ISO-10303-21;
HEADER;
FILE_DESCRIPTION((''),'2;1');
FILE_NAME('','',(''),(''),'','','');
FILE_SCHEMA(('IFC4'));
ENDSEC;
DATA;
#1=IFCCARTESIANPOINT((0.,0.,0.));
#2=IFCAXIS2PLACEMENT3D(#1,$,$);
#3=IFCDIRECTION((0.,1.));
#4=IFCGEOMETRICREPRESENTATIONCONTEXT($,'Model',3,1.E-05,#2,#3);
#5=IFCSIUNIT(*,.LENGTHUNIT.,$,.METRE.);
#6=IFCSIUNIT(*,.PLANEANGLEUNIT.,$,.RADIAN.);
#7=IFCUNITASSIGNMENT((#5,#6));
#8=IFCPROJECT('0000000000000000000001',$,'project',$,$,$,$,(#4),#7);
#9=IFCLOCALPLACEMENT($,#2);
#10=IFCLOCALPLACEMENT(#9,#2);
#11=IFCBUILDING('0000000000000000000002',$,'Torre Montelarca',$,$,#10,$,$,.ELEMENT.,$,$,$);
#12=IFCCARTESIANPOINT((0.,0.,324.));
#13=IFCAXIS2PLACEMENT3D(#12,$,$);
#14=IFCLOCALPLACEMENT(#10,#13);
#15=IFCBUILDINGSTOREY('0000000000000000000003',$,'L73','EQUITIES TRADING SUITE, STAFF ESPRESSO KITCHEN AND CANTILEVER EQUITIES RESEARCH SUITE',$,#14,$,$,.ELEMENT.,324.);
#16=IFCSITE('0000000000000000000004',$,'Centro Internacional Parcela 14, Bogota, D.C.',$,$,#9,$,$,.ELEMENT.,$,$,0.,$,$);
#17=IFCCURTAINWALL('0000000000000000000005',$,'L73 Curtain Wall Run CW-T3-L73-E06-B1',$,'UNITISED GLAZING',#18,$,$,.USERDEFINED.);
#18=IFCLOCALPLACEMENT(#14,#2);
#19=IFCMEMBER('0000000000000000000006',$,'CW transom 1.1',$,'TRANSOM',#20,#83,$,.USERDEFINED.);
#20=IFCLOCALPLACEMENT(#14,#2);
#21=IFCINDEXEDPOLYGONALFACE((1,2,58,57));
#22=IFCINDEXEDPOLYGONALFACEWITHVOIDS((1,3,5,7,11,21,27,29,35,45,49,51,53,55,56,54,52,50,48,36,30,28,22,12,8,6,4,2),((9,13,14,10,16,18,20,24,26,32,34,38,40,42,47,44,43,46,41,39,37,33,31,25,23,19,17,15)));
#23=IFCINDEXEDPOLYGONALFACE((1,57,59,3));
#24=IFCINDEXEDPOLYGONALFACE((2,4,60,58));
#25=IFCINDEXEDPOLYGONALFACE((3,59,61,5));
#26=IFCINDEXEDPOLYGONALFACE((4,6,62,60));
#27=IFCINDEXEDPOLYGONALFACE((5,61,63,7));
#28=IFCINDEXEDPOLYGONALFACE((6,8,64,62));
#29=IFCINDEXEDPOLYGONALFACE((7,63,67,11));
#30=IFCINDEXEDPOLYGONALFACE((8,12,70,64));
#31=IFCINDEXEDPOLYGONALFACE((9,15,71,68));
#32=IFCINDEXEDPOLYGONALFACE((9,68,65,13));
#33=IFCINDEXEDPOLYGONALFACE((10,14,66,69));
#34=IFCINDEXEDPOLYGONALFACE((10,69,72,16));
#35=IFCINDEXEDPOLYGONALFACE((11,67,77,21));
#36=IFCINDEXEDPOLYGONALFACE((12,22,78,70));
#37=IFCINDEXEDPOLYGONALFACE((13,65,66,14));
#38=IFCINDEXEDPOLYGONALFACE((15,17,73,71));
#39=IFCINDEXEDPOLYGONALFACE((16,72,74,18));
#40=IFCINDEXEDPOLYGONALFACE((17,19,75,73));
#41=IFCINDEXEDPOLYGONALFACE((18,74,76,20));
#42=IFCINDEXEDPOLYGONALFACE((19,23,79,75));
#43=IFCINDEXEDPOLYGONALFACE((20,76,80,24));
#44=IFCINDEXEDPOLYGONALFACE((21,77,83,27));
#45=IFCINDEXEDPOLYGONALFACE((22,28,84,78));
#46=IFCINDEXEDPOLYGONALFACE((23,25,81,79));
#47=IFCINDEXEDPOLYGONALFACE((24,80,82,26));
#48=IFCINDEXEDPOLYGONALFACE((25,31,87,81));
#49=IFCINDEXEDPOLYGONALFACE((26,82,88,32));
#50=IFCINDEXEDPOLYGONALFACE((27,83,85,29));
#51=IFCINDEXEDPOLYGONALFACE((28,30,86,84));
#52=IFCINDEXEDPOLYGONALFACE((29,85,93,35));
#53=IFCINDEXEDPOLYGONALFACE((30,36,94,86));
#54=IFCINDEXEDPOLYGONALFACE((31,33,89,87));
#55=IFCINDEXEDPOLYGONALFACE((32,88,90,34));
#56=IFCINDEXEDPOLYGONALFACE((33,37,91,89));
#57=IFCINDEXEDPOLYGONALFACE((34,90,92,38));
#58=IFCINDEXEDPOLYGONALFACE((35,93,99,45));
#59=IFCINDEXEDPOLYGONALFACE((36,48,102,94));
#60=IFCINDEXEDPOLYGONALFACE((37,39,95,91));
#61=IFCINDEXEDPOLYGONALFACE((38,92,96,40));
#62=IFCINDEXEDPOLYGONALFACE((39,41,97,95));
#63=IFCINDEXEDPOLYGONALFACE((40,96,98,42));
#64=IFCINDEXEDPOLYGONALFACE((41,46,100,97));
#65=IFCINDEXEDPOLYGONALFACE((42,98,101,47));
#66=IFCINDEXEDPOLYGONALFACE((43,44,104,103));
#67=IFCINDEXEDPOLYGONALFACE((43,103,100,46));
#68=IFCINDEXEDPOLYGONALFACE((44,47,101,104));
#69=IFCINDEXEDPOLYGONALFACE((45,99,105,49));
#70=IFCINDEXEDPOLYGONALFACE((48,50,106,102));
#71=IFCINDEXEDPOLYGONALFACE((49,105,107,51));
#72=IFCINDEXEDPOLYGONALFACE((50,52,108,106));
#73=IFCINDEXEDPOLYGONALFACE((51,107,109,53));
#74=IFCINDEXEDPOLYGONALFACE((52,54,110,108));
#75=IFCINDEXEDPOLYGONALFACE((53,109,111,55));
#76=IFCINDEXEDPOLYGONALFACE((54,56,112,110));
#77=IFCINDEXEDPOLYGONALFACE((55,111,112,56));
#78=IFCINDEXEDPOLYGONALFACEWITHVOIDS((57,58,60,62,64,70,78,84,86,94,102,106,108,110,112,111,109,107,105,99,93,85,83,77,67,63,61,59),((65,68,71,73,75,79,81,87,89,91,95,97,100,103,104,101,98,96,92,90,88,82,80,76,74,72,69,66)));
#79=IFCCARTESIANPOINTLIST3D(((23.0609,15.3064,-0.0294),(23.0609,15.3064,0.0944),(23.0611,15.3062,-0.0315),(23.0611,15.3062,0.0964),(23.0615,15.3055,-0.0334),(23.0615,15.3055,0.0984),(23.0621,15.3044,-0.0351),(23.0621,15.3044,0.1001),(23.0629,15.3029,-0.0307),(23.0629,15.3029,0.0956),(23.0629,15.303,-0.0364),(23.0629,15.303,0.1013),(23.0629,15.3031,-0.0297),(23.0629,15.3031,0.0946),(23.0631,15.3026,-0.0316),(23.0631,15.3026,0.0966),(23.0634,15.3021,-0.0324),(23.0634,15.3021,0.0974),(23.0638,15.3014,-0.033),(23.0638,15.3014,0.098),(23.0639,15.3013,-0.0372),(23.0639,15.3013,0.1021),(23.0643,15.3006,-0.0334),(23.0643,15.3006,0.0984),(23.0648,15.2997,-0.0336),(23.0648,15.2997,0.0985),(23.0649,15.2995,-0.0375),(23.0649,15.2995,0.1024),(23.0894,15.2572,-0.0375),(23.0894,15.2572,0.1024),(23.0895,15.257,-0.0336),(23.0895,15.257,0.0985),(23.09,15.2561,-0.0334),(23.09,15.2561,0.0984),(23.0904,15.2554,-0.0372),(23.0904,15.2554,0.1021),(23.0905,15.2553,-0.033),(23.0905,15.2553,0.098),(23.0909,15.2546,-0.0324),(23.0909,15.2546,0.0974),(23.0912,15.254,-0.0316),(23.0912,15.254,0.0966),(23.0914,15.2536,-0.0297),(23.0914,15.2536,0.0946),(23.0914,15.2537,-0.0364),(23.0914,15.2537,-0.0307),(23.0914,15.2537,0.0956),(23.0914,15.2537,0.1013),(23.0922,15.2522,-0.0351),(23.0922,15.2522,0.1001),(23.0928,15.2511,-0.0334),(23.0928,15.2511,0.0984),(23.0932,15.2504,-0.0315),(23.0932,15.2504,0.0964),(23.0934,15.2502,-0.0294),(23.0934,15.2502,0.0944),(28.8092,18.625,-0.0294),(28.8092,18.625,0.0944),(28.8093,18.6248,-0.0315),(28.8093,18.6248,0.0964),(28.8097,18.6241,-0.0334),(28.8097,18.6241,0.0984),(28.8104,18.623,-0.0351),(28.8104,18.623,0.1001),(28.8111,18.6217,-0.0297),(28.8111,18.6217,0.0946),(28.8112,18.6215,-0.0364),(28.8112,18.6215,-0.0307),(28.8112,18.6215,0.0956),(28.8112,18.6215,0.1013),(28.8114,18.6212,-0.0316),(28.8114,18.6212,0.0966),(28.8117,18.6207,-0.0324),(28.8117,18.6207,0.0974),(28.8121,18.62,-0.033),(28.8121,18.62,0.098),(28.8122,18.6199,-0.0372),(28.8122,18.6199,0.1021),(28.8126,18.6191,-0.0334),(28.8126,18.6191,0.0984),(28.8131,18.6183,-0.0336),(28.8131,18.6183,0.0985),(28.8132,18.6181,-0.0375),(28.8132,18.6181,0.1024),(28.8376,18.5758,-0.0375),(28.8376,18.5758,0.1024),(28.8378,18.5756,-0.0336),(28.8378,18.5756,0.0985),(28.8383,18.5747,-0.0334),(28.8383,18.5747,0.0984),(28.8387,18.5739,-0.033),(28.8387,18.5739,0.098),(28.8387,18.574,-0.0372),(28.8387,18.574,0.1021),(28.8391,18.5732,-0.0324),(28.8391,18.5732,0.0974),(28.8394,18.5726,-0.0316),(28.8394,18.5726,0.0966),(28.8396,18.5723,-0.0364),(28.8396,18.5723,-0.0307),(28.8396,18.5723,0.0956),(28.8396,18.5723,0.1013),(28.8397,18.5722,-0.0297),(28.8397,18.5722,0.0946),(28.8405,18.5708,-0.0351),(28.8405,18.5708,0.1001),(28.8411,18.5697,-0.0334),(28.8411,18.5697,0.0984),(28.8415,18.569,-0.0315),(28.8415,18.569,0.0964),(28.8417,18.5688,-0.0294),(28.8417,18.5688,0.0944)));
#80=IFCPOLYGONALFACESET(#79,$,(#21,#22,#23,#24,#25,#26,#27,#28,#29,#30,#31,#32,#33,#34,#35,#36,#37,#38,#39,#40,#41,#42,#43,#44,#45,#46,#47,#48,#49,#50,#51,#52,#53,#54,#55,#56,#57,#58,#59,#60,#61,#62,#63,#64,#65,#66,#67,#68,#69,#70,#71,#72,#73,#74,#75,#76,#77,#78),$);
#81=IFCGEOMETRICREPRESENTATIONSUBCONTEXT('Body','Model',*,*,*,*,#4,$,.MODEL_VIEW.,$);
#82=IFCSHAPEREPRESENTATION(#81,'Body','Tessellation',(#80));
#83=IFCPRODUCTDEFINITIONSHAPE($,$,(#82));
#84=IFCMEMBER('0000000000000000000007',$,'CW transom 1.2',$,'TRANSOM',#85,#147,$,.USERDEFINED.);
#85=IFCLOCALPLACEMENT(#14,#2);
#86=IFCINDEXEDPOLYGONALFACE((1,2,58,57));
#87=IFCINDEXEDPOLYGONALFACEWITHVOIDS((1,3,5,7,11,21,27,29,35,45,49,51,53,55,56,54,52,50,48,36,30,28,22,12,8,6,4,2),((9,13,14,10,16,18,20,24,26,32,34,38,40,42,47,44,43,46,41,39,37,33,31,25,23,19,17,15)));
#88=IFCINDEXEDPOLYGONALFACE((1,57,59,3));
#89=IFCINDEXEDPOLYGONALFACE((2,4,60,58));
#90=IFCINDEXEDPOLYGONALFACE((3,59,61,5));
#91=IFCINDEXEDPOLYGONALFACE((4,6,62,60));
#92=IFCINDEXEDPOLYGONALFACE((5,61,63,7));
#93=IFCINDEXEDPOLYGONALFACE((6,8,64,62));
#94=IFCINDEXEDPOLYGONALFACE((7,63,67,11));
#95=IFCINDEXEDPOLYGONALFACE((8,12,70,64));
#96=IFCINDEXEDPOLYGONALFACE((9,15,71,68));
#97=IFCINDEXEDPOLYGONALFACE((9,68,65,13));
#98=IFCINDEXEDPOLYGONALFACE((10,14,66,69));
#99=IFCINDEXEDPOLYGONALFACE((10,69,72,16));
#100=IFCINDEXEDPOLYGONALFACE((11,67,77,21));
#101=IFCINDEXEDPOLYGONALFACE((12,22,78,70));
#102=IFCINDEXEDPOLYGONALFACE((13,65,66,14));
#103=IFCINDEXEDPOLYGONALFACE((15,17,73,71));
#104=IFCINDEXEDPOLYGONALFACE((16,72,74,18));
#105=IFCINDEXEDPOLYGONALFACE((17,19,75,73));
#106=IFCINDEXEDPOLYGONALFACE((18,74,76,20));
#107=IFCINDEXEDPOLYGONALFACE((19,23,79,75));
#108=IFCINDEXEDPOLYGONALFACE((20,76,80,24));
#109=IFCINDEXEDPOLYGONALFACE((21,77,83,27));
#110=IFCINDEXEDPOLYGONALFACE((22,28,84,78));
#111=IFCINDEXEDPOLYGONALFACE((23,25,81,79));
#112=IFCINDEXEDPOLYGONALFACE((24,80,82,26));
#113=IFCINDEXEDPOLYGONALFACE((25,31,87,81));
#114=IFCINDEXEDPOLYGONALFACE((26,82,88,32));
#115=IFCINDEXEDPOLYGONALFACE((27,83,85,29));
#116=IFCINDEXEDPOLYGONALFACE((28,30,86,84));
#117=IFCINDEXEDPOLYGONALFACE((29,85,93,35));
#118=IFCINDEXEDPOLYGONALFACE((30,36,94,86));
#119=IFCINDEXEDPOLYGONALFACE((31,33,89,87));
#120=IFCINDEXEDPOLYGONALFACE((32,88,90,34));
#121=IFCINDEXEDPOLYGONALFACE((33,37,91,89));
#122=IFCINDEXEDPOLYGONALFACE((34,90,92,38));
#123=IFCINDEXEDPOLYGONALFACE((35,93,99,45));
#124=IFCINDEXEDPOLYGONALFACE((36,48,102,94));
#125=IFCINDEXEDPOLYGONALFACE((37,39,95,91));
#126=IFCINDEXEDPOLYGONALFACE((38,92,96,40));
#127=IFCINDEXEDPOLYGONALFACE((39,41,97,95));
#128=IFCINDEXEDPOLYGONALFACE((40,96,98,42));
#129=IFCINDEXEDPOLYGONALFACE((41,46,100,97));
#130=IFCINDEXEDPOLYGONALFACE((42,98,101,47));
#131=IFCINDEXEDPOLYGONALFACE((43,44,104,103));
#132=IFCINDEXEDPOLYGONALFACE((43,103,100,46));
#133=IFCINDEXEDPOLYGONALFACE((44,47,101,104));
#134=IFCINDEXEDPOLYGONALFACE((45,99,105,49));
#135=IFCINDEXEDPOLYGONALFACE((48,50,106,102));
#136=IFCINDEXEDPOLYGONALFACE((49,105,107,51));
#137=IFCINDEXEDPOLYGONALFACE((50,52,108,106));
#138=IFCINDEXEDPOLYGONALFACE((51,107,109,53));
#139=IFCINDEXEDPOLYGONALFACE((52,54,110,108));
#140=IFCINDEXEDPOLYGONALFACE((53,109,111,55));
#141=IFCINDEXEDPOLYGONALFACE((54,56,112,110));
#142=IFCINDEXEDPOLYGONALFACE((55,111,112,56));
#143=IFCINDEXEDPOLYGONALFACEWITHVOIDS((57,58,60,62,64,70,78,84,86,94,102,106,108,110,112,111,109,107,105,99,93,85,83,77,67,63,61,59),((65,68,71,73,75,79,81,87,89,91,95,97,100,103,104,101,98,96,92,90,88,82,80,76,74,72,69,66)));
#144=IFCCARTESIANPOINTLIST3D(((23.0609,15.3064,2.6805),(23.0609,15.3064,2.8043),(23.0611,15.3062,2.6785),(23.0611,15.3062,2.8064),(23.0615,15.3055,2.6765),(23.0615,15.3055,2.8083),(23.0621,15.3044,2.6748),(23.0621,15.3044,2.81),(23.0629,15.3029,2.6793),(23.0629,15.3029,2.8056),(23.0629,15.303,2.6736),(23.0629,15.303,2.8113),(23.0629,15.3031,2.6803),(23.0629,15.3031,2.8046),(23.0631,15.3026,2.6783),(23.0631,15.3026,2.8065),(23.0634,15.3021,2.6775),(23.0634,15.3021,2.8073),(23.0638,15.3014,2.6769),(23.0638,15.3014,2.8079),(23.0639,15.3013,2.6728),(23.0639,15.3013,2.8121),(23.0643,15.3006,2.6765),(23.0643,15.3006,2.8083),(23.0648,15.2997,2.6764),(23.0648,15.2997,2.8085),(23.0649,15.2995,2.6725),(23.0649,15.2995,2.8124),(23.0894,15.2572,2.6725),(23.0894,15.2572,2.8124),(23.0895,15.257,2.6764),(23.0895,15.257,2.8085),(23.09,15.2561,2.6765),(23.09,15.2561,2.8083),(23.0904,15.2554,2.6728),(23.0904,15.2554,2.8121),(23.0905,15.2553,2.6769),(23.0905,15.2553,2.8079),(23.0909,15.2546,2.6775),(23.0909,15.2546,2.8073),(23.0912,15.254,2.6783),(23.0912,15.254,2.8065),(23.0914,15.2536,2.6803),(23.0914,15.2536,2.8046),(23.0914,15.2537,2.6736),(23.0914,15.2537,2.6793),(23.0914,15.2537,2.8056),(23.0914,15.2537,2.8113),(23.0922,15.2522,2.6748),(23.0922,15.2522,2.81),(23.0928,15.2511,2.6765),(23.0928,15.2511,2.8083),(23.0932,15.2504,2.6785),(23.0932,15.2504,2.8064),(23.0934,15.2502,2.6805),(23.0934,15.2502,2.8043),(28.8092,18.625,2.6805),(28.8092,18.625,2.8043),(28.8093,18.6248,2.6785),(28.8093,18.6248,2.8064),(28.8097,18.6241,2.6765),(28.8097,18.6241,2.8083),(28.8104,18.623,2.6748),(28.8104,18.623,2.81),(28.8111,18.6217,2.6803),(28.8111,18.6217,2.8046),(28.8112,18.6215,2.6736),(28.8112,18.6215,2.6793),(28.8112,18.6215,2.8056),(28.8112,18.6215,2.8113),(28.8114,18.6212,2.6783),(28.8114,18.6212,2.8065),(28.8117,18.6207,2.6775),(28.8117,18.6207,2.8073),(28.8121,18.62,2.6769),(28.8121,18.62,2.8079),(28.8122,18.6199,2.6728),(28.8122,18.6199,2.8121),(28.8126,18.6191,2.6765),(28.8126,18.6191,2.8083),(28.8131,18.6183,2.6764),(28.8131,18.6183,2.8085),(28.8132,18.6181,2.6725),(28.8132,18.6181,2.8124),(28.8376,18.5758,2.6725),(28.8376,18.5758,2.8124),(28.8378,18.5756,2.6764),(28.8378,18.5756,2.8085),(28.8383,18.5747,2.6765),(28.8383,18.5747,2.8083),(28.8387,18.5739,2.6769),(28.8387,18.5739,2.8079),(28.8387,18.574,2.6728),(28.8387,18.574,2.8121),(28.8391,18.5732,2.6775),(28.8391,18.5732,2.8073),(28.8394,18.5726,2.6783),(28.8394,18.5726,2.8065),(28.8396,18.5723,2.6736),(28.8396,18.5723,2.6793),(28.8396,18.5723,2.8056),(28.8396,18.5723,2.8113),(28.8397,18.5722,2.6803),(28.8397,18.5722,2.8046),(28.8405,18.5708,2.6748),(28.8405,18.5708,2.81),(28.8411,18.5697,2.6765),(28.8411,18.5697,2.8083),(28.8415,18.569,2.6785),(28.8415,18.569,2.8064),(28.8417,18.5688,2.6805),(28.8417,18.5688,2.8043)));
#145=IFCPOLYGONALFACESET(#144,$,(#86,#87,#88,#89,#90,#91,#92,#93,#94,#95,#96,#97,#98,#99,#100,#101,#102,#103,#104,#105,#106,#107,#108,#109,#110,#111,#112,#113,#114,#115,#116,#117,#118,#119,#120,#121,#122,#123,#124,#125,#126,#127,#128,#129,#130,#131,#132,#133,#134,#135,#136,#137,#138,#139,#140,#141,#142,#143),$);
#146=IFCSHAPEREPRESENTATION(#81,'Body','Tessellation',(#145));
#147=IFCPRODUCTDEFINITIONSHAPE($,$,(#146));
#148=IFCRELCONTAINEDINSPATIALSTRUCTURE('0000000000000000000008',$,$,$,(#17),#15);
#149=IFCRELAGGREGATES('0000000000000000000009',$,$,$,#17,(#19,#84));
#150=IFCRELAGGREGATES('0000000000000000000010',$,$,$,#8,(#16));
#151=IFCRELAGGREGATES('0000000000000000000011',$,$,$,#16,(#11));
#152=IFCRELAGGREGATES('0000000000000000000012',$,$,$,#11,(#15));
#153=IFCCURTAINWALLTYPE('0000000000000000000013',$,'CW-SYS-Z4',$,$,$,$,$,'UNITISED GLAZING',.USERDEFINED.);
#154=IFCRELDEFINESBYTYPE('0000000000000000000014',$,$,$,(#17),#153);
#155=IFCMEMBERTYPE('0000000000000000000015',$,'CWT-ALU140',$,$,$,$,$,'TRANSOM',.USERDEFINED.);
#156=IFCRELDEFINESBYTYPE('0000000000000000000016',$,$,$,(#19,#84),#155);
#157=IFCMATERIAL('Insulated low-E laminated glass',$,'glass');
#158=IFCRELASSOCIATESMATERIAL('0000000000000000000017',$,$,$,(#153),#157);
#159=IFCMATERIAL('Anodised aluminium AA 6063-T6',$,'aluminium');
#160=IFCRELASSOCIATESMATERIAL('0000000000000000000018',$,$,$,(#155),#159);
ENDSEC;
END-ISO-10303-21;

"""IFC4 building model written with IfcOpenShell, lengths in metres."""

from ifc_helpers import new_model, si_unit, direction, frame, origin, origin_2d, place, context, subcontext, project, spatial, hollow_rectangle, extrude, source, transform, mapped, material, material_profile, profile_set, type_object, element, aggregate, save


model = new_model("IFC4")

# Units and contexts
model_context = context("Model", 3, precision=1e-05, world=origin(), true_north=direction((0.0, 1.0)))
body_context = subcontext(model_context, "Body", "Model", "MODEL_VIEW")
ifc_project = project(units=[si_unit("LENGTHUNIT", "METRE"), si_unit("PLANEANGLEUNIT", "RADIAN")], contexts=[model_context])

# Site, building, storey
site_placement = place(None, origin())
site = spatial("IfcSite", under=ifc_project, at=site_placement, Name="Centro Internacional Parcela 14, Bogota, D.C.", CompositionType="ELEMENT", RefElevation=0.0)
building_placement = place(site_placement, origin())
building = spatial("IfcBuilding", under=site, at=building_placement, Name="Torre Montelarca", CompositionType="ELEMENT")
storey_placement = place(building_placement, frame((0.0, 0.0, 324.0)))
storey = spatial("IfcBuildingStorey", under=building, at=storey_placement, Name="L73", Description="EQUITIES TRADING SUITE, STAFF ESPRESSO KITCHEN AND CANTILEVER EQUITIES RESEARCH SUITE", CompositionType="ELEMENT", Elevation=324.0)

# Curtain wall, members
ifc_material_1 = material(Name="Insulated low-E laminated glass", Category="glass")
curtain_wall_type = type_object("IfcCurtainWallType", Name="CW-SYS-Z4", ElementType="UNITISED GLAZING", PredefinedType="USERDEFINED", material=ifc_material_1)
curtain_wall_placement = place(storey_placement, origin())
curtain_wall = element("IfcCurtainWall", 1, at=curtain_wall_placement, inside=storey, type_object=curtain_wall_type, Name="L73 Curtain Wall Run CW-T3-L73-E06-B1", ObjectType="UNITISED GLAZING", PredefinedType="USERDEFINED")
ifc_material_2 = material(Name="Anodised aluminium AA 6063-T6", Category="aluminium")
ifc_material_profile_1 = material_profile(ifc_material_2, hollow_rectangle(XDim=0.0649, YDim=0.1399, WallThickness=0.0039, InnerFilletRadius=0.0039, OuterFilletRadius=0.0081, at=origin_2d()), Name="ALU65X140X4", Category="aluminium")
ifc_profile_set_1 = profile_set([ifc_material_profile_1], Name="Anodised aluminium AA 6063-T6")
member_type_1 = type_object("IfcMemberType", Name="CWT-ALU140", ElementType="TRANSOM", PredefinedType="USERDEFINED", material=ifc_profile_set_1)
shared_shape_1 = source(origin(), body_context, "Body", "SweptSolid", [
    extrude(hollow_rectangle(XDim=0.0649, YDim=0.1399, WallThickness=0.0039, InnerFilletRadius=0.0039, OuterFilletRadius=0.0081, at=origin_2d()), origin(), (0.0, 0.0, 1.0), 6.6375),
])
member_1_placement = place(storey_placement, frame((23.0771, 15.2783, 0.0325), z_axis=(0.866037, 0.49998, 0.0), x_axis=(-0.49998, 0.866037, 0.0)))
member_1 = element("IfcMember", 2, at=member_1_placement, type_object=member_type_1, Name="CW transom 1.1", ObjectType="TRANSOM", PredefinedType="USERDEFINED", context=body_context, shape_type="MappedRepresentation", body=[
    mapped(shared_shape_1, transform((0.0, 0.0, 0.0), scale=1.0)),
])
member_2_placement = place(storey_placement, frame((23.0771, 15.2783, 2.7424), z_axis=(0.866037, 0.49998, 0.0), x_axis=(-0.49998, 0.866037, 0.0)))
member_2 = element("IfcMember", 3, at=member_2_placement, type_object=member_type_1, Name="CW transom 1.2", ObjectType="TRANSOM", PredefinedType="USERDEFINED", context=body_context, shape_type="MappedRepresentation", body=[
    mapped(shared_shape_1, transform((0.0, 0.0, 0.0), scale=1.0)),
])

aggregate(curtain_wall, [member_1, member_2])

save(model, "model.ifc")
